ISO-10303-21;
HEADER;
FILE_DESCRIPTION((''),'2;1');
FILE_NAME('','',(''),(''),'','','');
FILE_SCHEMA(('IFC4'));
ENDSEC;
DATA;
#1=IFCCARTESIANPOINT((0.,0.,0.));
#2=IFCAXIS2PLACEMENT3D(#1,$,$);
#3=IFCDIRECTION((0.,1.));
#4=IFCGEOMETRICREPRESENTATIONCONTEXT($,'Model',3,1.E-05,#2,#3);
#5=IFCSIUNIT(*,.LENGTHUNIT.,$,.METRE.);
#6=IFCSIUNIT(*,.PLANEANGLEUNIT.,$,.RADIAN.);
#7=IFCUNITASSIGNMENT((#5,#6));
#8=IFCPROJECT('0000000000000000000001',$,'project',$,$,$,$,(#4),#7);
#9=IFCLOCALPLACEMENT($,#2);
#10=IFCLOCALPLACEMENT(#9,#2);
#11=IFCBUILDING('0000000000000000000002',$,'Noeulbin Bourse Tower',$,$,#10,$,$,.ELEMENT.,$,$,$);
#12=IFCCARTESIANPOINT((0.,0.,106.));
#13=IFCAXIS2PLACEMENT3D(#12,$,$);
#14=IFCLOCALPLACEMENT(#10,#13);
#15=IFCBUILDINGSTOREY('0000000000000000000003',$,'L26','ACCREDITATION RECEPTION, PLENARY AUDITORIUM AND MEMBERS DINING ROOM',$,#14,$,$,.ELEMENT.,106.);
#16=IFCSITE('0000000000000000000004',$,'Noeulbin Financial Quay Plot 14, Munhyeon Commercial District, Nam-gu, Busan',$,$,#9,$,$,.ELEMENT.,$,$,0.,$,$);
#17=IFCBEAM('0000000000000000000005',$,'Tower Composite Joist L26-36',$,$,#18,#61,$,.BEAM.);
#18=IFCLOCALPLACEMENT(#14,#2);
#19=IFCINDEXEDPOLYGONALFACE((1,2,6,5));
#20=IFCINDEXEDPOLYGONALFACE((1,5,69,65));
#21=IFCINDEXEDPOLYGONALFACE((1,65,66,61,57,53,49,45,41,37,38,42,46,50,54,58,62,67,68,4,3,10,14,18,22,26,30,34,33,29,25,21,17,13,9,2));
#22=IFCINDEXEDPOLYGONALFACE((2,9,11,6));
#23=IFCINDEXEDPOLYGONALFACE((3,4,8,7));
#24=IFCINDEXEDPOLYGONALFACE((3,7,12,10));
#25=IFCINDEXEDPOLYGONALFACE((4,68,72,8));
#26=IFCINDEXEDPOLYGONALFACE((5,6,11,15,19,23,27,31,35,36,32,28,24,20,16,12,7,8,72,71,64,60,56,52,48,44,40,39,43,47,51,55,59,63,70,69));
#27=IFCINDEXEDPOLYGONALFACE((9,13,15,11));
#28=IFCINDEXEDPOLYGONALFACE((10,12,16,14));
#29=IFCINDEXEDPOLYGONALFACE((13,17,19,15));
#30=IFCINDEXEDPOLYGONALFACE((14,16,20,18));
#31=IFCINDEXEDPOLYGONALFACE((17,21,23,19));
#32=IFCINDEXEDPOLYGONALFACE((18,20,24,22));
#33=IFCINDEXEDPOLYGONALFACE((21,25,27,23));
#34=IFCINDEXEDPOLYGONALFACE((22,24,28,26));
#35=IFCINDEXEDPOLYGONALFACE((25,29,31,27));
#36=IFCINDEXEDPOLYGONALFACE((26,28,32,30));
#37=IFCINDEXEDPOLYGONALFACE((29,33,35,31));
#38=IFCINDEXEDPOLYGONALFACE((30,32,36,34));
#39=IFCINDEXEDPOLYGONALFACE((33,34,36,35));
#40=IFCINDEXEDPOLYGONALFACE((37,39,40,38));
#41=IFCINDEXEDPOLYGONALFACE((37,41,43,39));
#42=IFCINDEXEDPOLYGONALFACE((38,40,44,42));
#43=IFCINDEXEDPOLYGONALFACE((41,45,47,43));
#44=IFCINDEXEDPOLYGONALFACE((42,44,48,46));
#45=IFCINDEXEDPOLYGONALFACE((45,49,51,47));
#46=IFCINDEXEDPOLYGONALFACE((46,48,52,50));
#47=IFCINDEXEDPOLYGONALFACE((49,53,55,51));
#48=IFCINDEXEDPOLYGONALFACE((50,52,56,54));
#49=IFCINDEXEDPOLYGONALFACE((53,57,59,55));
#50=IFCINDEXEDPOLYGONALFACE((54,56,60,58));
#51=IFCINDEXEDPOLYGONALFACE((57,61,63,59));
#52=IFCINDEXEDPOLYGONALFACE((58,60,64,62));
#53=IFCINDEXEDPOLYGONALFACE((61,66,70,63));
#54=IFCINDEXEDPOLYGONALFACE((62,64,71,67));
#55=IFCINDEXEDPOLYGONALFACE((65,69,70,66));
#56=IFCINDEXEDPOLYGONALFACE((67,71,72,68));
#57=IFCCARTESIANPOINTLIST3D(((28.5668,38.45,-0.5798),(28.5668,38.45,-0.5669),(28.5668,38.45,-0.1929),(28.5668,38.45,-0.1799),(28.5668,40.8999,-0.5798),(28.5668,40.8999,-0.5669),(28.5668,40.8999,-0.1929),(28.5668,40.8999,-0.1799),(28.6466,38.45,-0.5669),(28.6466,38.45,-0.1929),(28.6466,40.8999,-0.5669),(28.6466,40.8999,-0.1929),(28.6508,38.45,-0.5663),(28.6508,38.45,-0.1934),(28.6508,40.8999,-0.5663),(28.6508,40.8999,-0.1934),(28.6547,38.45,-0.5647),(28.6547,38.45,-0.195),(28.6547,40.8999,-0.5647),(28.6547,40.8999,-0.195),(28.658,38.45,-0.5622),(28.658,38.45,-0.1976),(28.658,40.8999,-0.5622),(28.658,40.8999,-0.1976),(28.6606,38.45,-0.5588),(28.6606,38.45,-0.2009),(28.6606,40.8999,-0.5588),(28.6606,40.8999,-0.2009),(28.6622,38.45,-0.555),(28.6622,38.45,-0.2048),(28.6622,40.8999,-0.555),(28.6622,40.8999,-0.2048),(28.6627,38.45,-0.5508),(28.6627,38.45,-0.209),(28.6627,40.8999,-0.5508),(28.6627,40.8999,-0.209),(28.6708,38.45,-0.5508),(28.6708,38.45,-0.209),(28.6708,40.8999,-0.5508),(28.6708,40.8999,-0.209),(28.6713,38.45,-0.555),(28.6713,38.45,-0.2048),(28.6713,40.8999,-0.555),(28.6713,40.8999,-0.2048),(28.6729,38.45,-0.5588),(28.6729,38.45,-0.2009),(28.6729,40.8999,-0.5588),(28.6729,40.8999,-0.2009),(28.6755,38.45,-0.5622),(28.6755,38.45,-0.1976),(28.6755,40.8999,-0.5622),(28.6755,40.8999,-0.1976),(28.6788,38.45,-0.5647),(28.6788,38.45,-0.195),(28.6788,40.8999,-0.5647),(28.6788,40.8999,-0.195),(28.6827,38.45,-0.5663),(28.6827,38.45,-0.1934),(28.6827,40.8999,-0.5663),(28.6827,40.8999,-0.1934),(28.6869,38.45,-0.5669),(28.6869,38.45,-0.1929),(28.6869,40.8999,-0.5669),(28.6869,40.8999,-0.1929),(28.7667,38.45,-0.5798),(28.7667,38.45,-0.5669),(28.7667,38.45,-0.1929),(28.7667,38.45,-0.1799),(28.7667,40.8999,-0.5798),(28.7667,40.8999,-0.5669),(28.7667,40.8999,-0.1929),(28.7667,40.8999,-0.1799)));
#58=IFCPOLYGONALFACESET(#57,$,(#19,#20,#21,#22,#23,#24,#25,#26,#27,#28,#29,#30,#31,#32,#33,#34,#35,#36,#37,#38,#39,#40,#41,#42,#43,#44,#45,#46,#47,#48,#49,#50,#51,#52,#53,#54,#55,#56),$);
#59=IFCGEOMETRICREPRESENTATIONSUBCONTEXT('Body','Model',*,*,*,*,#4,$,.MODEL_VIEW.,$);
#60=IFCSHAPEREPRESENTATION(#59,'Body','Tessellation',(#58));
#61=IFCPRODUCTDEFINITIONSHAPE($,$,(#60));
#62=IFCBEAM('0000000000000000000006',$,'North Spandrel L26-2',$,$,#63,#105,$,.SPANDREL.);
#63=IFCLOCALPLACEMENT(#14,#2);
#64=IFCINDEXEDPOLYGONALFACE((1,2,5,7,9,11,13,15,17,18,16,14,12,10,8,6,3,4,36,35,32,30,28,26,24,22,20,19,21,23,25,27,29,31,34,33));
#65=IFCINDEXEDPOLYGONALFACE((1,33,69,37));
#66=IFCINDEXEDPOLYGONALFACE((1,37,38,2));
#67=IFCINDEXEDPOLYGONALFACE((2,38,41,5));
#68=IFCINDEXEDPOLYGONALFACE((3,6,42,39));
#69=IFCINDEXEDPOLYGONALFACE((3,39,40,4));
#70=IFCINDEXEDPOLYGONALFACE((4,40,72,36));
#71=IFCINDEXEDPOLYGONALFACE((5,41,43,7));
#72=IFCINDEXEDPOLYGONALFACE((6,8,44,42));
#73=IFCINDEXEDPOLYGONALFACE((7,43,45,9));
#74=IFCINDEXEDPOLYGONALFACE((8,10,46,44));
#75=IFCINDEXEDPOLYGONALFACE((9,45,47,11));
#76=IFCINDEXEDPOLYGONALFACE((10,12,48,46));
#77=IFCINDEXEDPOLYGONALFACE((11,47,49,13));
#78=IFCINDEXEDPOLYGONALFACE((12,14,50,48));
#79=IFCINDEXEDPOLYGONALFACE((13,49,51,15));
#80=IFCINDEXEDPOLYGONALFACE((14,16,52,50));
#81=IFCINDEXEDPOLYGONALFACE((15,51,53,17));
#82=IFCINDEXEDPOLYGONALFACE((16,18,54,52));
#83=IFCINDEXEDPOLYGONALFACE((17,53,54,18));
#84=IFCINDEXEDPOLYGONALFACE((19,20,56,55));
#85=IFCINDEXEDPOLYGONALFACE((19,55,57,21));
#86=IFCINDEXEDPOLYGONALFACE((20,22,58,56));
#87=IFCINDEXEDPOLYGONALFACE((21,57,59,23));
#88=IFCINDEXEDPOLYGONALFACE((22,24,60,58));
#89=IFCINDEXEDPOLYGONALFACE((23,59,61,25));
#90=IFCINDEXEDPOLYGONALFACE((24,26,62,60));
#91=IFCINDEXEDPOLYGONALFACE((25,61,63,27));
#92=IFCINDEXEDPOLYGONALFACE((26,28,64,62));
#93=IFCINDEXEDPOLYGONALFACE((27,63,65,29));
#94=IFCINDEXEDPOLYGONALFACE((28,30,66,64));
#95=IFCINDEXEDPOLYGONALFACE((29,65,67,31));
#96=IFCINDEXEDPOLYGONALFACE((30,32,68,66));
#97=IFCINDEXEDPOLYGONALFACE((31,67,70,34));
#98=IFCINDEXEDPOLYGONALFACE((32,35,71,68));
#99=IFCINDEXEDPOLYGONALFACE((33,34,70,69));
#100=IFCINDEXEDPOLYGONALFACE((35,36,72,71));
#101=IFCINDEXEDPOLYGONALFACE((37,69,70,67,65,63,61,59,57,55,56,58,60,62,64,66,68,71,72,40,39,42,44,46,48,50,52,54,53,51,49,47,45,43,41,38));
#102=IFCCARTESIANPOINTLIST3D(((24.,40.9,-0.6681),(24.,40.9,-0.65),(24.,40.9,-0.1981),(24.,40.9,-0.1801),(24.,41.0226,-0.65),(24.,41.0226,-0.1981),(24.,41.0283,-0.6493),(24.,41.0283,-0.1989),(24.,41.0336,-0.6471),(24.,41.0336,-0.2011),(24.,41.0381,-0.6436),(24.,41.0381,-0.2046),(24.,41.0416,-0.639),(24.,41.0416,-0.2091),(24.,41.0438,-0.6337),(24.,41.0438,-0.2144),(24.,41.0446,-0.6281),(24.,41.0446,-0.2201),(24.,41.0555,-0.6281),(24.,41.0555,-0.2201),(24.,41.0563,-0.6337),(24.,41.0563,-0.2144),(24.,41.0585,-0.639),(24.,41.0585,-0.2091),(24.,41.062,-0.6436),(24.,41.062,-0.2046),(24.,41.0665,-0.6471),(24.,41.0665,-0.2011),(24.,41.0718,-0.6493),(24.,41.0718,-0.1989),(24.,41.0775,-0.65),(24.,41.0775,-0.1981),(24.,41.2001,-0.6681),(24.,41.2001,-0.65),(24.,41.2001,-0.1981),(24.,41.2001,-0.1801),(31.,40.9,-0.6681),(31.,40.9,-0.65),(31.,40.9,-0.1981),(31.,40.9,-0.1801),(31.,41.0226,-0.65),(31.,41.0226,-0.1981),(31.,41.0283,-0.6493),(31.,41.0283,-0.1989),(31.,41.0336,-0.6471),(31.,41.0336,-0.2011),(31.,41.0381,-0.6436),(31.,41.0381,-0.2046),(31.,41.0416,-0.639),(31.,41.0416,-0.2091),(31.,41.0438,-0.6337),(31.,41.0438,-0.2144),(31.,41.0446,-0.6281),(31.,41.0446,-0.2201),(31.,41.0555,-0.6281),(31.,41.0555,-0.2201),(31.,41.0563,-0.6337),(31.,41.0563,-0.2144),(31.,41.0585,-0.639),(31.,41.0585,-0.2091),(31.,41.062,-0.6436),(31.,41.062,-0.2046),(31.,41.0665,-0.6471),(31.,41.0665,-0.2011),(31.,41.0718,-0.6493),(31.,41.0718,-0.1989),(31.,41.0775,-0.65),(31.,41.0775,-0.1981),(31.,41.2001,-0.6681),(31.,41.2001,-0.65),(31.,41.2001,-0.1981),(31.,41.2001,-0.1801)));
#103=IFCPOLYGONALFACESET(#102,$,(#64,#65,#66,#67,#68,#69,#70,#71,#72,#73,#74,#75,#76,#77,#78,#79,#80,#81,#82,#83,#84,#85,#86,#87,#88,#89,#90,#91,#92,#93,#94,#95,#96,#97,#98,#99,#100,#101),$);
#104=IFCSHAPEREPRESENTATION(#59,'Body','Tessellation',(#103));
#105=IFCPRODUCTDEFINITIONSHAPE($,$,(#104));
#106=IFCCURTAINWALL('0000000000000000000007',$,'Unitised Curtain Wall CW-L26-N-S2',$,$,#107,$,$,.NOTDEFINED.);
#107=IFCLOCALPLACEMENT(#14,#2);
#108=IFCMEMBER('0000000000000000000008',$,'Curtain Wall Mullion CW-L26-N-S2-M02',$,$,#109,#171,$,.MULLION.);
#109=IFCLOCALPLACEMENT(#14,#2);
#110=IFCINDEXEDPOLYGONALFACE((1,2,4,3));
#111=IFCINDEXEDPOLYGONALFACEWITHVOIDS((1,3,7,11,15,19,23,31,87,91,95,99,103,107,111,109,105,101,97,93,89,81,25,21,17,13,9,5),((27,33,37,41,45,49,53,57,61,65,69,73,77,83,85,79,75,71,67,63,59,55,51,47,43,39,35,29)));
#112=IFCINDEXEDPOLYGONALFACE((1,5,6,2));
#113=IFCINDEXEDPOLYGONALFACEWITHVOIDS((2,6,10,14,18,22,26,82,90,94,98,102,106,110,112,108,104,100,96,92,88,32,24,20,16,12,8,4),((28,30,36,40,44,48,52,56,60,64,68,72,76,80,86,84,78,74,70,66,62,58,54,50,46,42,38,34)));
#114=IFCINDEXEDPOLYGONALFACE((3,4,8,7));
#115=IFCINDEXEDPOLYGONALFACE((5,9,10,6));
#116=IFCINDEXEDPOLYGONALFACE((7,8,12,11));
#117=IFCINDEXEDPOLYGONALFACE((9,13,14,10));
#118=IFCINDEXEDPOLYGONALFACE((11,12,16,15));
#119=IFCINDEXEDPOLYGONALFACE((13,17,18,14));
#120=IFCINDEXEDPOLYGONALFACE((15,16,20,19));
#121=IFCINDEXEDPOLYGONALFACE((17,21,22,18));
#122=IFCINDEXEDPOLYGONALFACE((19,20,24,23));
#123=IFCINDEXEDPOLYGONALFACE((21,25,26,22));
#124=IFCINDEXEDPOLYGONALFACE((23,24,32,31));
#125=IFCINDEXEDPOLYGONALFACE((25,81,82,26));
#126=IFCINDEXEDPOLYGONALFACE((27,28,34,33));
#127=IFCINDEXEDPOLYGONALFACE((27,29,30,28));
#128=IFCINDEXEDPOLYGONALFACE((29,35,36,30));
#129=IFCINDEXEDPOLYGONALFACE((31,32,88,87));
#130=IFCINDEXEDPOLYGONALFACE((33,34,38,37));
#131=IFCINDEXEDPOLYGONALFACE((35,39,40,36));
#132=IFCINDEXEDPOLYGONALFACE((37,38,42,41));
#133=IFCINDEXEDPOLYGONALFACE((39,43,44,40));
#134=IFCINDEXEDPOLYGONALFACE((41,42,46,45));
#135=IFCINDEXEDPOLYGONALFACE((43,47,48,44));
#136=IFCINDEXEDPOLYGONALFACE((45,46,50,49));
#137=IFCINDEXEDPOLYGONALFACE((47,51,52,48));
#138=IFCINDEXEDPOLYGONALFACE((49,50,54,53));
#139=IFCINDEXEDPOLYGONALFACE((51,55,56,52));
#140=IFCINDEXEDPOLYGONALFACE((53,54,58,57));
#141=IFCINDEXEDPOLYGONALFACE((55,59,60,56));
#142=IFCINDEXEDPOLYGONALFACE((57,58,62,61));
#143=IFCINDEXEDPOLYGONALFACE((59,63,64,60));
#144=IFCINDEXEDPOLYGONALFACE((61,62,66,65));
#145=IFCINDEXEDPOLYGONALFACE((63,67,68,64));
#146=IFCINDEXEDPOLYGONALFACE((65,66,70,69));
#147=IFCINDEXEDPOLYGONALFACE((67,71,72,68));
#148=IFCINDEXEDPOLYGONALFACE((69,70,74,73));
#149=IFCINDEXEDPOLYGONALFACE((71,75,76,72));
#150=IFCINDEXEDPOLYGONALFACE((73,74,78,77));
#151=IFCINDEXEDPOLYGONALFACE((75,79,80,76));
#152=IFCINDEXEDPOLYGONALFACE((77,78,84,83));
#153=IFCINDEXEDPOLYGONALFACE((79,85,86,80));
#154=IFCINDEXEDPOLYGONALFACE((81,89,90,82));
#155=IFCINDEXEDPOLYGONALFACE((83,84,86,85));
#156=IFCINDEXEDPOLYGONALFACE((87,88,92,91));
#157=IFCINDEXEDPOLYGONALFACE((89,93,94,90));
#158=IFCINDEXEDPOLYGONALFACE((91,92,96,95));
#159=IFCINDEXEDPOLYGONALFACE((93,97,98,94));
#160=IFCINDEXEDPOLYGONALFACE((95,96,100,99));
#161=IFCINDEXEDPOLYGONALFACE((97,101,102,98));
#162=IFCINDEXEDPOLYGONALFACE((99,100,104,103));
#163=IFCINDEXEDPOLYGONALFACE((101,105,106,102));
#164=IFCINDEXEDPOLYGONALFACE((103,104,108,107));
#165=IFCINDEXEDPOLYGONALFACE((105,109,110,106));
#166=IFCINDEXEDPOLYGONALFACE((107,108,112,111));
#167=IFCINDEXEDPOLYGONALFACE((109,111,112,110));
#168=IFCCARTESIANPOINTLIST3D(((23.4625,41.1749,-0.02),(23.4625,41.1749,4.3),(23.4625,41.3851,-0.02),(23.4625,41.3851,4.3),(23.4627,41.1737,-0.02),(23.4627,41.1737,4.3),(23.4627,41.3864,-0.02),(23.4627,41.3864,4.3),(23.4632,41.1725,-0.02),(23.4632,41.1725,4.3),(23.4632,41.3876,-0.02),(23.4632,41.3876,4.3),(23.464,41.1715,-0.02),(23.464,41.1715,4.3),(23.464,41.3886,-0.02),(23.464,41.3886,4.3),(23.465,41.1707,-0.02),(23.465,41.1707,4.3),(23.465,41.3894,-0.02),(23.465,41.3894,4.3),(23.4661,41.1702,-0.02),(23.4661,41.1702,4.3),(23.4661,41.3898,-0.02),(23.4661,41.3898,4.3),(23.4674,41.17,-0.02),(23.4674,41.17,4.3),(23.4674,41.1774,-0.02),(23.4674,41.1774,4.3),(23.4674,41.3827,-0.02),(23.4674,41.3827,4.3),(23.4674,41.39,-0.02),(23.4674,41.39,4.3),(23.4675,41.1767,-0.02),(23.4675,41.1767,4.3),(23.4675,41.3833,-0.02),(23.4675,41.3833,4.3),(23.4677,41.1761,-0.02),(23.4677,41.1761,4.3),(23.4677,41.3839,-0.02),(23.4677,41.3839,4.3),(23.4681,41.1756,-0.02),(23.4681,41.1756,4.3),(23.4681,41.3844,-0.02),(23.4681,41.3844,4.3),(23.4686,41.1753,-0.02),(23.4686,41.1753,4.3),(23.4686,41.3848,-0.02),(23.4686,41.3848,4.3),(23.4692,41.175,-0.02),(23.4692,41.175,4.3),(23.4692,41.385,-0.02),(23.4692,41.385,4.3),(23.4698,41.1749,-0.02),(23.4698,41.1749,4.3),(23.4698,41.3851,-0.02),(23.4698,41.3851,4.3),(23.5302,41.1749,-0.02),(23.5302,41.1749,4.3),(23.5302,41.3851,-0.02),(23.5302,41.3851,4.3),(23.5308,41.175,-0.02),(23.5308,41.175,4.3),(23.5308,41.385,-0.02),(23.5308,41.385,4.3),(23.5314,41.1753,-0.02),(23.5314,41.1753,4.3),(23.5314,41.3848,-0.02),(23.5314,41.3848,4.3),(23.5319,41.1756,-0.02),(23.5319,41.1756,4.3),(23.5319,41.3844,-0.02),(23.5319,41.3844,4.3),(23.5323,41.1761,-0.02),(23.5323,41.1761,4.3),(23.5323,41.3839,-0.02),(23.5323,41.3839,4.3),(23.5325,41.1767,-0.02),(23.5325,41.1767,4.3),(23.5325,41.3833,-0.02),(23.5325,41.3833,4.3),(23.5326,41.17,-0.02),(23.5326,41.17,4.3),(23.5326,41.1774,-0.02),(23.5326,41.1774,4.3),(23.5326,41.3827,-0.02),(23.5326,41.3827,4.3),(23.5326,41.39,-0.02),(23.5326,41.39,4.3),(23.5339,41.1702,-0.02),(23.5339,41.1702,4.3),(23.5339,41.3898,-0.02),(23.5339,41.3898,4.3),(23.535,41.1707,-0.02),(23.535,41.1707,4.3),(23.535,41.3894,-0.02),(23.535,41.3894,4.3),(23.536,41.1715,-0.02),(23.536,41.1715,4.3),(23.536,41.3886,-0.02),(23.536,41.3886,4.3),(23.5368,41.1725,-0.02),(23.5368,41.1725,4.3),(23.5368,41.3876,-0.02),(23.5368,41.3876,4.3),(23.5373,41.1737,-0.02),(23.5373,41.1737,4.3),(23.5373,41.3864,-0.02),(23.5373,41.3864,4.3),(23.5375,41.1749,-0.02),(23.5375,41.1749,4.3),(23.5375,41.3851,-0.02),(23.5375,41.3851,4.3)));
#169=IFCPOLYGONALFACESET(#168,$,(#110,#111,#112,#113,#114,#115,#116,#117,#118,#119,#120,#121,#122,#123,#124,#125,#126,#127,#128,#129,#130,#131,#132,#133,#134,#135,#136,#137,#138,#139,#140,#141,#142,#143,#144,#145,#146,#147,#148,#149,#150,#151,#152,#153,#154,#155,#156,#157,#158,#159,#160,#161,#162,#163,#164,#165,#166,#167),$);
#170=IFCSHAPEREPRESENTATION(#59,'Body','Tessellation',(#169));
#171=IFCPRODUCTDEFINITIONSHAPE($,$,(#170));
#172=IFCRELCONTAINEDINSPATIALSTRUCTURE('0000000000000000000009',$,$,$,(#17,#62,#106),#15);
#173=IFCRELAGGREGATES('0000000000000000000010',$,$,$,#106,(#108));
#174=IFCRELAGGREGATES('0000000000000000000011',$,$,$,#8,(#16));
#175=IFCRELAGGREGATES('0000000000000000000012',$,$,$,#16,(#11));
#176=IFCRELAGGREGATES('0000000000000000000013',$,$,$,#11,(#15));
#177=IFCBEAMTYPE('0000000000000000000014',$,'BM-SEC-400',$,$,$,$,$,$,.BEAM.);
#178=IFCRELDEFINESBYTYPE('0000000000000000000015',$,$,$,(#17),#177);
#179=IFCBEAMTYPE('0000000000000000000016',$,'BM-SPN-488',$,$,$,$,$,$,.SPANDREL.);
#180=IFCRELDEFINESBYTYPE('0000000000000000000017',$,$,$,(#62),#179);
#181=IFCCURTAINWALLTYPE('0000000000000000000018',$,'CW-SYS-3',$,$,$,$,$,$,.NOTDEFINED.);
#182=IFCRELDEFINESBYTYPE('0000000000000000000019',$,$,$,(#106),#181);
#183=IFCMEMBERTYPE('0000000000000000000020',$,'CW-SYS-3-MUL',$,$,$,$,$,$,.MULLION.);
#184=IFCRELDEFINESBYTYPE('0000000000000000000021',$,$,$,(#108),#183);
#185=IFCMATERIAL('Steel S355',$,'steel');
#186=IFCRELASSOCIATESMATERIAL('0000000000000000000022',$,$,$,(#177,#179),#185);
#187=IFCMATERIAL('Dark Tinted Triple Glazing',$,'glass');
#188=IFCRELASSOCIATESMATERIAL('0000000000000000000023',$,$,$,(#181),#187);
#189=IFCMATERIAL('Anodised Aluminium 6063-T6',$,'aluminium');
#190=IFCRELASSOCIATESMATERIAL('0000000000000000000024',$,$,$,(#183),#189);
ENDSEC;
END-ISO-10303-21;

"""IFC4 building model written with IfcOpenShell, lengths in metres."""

from ifc_helpers import new_model, si_unit, direction, frame, origin, origin_2d, place, context, subcontext, project, spatial, hollow_rectangle, i_section, extrude, material, material_profile, profile_set, type_object, element, aggregate, save


model = new_model("IFC4")

# Units and contexts
model_context = context("Model", 3, precision=1e-05, world=origin(), true_north=direction((0.0, 1.0)))
body_context = subcontext(model_context, "Body", "Model", "MODEL_VIEW")
ifc_project = project(units=[si_unit("LENGTHUNIT", "METRE"), si_unit("PLANEANGLEUNIT", "RADIAN")], contexts=[model_context])

# Site, building, storey
site_placement = place(None, origin())
site = spatial("IfcSite", under=ifc_project, at=site_placement, Name="Noeulbin Financial Quay Plot 14, Munhyeon Commercial District, Nam-gu, Busan", CompositionType="ELEMENT", RefElevation=0.0)
building_placement = place(site_placement, origin())
building = spatial("IfcBuilding", under=site, at=building_placement, Name="Noeulbin Bourse Tower", CompositionType="ELEMENT")
storey_placement = place(building_placement, frame((0.0, 0.0, 106.0)))
storey = spatial("IfcBuildingStorey", under=building, at=storey_placement, Name="L26", Description="ACCREDITATION RECEPTION, PLENARY AUDITORIUM AND MEMBERS DINING ROOM", CompositionType="ELEMENT", Elevation=106.0)

# Shared definitions
ifc_material_1 = material(Name="Steel S355", Category="steel")

# Beams
ifc_material_profile_1 = material_profile(ifc_material_1, i_section(OverallWidth=0.2, OverallDepth=0.3999, WebThickness=0.0081, FlangeThickness=0.0129, FilletRadius=0.0161, at=origin_2d()), Name="H-400x200x8x13", Category="LoadBearing")
ifc_profile_set_1 = profile_set([ifc_material_profile_1], Name="Steel S355")
beam_type_1 = type_object("IfcBeamType", Name="BM-SEC-400", PredefinedType="BEAM", material=ifc_profile_set_1)
for number, where, z_axis, x_axis, name in (
    (1, (28.6667, 38.45, -0.3799), (0.0, 1.0, 0.0), (-1.0, 0.0, 0.0), "Tower Composite Joist L26-36"),
):
    element("IfcBeam", number, at=place(storey_placement, frame(where, z_axis=z_axis, x_axis=x_axis)), inside=storey, type_object=beam_type_1, Name=name, PredefinedType="BEAM", context=body_context, shape_type="SweptSolid", body=[
        extrude(i_section(OverallWidth=0.2, OverallDepth=0.3999, WebThickness=0.0081, FlangeThickness=0.0129, FilletRadius=0.0161, at=origin_2d()), origin(), (0.0, 0.0, 1.0), 2.45),
    ])
ifc_material_profile_2 = material_profile(ifc_material_1, i_section(OverallWidth=0.3, OverallDepth=0.488, WebThickness=0.011, FlangeThickness=0.0181, FilletRadius=0.022, at=origin_2d()), Name="H-488x300x11x18", Category="LoadBearing")
ifc_profile_set_2 = profile_set([ifc_material_profile_2], Name="Steel S355")
beam_type_2 = type_object("IfcBeamType", Name="BM-SPN-488", PredefinedType="SPANDREL", material=ifc_profile_set_2)
beam_1_placement = place(storey_placement, frame((24.0, 41.05, -0.4241), z_axis=(1.0, 0.0, 0.0), x_axis=(0.0, 1.0, 0.0)))
element("IfcBeam", 2, at=beam_1_placement, inside=storey, type_object=beam_type_2, Name="North Spandrel L26-2", PredefinedType="SPANDREL", context=body_context, shape_type="SweptSolid", body=[
    extrude(i_section(OverallWidth=0.3, OverallDepth=0.488, WebThickness=0.011, FlangeThickness=0.0181, FilletRadius=0.022, at=origin_2d()), origin(), (0.0, 0.0, 1.0), 7.0),
])

# Curtain wall, member
ifc_material_2 = material(Name="Dark Tinted Triple Glazing", Category="glass")
curtain_wall_type = type_object("IfcCurtainWallType", Name="CW-SYS-3", PredefinedType="NOTDEFINED", material=ifc_material_2)
curtain_wall_1_placement = place(storey_placement, origin())
curtain_wall_1 = element("IfcCurtainWall", 3, at=curtain_wall_1_placement, inside=storey, type_object=curtain_wall_type, Name="Unitised Curtain Wall CW-L26-N-S2", PredefinedType="NOTDEFINED")
ifc_material_3 = material(Name="Anodised Aluminium 6063-T6", Category="aluminium")
ifc_material_profile_3 = material_profile(ifc_material_3, hollow_rectangle(XDim=0.075, YDim=0.22, WallThickness=0.0049, InnerFilletRadius=0.0024, OuterFilletRadius=0.0049, at=origin_2d()), Name="ALU-MULL-75x220x5", Category="LoadBearing")
ifc_profile_set_3 = profile_set([ifc_material_profile_3], Name="Anodised Aluminium 6063-T6")
member_type_1 = type_object("IfcMemberType", Name="CW-SYS-3-MUL", PredefinedType="MULLION", material=ifc_profile_set_3)
member_1_placement = place(storey_placement, frame((23.5, 41.28, -0.02), z_axis=(0.0, 0.0, 1.0), x_axis=(1.0, 0.0, 0.0)))
member_1 = element("IfcMember", 4, at=member_1_placement, type_object=member_type_1, Name="Curtain Wall Mullion CW-L26-N-S2-M02", PredefinedType="MULLION", context=body_context, shape_type="SweptSolid", body=[
    extrude(hollow_rectangle(XDim=0.075, YDim=0.22, WallThickness=0.0049, InnerFilletRadius=0.0024, OuterFilletRadius=0.0049, at=origin_2d()), origin(), (0.0, 0.0, 1.0), 4.3201),
])

aggregate(curtain_wall_1, [member_1])

save(model, "model.ifc")
